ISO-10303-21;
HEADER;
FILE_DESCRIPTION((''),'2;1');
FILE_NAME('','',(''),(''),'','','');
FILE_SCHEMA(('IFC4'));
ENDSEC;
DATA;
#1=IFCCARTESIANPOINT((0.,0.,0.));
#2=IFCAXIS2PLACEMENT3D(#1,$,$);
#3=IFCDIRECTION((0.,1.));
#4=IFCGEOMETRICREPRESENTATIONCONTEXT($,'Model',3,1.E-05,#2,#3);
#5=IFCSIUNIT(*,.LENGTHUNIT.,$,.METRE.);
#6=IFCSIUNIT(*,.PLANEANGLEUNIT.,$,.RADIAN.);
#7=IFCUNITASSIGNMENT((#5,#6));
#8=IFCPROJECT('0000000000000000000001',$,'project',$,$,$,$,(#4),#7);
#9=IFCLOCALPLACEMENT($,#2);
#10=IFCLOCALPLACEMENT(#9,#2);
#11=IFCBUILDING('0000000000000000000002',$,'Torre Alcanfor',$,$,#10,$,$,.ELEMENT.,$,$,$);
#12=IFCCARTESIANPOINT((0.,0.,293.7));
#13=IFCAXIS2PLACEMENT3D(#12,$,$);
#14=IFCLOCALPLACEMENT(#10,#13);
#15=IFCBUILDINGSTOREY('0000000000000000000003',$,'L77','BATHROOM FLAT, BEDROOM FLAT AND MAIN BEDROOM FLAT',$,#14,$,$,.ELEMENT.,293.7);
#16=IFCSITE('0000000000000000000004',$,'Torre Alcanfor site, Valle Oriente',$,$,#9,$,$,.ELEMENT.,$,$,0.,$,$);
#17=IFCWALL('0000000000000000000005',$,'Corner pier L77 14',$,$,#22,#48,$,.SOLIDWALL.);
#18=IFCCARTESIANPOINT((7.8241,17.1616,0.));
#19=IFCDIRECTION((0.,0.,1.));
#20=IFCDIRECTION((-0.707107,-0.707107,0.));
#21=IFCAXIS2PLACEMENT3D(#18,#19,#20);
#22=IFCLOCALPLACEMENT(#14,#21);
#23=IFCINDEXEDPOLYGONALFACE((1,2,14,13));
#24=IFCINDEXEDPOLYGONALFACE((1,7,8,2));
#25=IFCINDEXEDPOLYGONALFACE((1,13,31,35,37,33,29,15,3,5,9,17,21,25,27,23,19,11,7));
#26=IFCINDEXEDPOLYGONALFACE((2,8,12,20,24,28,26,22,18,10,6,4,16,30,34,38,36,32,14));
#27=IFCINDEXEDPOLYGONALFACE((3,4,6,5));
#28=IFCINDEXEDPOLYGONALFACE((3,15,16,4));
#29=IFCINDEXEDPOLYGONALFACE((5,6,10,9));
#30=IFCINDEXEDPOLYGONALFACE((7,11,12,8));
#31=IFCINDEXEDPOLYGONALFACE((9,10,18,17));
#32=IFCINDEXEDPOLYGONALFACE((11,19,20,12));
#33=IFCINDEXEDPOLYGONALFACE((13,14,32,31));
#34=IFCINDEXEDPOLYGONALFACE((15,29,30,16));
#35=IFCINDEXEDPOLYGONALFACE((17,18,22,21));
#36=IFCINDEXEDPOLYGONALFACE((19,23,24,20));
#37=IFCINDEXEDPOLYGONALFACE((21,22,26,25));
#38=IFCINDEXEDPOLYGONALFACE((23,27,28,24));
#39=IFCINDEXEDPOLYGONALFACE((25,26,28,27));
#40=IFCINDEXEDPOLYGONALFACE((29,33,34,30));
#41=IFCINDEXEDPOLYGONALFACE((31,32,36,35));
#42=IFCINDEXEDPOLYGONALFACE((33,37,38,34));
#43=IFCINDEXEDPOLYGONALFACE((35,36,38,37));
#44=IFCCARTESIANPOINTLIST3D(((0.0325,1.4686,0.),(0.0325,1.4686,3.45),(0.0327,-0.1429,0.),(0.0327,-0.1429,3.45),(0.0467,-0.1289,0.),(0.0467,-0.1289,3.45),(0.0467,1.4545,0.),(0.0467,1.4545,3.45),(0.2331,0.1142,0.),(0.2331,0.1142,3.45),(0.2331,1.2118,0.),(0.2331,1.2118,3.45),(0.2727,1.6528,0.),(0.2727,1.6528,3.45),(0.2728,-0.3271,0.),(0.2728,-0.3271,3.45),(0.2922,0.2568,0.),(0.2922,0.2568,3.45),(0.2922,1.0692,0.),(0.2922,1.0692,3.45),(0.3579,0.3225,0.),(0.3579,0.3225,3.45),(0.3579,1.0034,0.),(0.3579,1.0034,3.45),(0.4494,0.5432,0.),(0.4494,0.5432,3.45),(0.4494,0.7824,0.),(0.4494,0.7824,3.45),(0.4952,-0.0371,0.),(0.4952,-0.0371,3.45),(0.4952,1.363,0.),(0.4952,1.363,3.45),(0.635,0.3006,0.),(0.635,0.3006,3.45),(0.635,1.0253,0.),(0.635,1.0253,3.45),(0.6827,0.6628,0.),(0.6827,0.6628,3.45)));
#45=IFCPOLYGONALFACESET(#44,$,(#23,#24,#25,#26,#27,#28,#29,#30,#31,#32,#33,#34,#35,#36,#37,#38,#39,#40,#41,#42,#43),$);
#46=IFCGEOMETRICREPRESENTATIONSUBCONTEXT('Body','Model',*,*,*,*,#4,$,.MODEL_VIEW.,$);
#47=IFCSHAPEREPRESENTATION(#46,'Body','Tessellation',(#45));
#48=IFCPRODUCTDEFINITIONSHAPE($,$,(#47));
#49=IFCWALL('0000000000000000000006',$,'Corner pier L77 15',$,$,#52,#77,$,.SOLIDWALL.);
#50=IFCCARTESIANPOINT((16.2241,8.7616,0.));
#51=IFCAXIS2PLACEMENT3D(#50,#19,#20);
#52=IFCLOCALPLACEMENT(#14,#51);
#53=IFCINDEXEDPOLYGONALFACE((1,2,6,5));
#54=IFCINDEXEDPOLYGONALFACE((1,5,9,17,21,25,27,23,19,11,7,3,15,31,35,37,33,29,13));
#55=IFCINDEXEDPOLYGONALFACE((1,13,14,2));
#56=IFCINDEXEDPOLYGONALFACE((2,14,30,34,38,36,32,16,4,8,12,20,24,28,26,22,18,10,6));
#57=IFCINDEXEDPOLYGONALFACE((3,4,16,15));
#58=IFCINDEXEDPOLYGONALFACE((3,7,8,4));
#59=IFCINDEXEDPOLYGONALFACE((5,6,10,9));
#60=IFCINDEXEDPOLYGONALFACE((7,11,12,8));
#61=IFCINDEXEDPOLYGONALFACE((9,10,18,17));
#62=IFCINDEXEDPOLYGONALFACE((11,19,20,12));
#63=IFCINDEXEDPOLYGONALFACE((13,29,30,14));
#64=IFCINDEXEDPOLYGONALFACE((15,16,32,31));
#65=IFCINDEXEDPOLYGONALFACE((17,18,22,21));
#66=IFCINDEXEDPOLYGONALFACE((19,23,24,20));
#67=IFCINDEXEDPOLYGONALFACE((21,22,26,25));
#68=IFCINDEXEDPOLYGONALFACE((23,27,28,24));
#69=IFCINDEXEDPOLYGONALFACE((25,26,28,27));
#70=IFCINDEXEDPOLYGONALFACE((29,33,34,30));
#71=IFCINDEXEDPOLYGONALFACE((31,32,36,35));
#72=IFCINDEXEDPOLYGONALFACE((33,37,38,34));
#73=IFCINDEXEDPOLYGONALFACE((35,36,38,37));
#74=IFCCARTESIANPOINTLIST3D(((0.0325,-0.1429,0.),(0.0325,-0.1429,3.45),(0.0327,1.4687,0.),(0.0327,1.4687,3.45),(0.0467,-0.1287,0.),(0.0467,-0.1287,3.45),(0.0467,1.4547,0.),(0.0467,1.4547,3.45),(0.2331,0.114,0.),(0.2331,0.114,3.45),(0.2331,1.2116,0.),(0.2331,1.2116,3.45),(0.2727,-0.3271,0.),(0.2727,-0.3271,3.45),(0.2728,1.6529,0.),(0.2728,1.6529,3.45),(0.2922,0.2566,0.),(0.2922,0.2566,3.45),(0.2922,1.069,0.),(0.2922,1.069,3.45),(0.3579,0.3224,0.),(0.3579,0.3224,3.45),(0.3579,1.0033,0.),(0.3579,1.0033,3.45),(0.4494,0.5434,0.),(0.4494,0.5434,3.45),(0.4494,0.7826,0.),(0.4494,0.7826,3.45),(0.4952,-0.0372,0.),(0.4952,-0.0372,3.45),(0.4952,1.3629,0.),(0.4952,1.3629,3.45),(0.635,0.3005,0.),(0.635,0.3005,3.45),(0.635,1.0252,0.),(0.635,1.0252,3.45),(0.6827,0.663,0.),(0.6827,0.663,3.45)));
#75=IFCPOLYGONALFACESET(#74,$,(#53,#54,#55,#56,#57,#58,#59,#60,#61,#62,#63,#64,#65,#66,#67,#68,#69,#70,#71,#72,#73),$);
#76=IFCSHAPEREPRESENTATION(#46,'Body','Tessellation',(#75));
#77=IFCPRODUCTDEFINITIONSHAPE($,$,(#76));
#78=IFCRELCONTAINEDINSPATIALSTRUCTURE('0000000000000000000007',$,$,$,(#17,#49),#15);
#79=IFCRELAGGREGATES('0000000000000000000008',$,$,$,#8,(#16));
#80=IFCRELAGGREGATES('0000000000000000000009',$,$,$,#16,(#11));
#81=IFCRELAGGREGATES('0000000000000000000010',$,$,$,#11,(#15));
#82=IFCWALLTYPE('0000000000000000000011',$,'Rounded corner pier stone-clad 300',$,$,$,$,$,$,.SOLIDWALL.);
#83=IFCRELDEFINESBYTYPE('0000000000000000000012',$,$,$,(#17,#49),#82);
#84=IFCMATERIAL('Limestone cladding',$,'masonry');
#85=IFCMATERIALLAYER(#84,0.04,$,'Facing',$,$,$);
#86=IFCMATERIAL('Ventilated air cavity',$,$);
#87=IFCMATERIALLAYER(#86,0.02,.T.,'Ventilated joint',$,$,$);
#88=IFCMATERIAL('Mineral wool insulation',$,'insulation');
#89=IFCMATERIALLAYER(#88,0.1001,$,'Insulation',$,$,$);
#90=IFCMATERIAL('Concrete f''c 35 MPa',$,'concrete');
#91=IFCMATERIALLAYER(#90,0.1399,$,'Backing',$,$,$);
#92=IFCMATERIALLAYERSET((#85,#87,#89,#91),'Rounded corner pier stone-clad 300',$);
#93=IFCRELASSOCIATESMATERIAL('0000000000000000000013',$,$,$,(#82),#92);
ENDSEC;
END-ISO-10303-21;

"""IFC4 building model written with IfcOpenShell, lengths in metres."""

from ifc_helpers import new_model, si_unit, direction, frame, origin, place, context, subcontext, project, spatial, polyline, outline, extrude, material, layer, layer_set, type_object, element, save


model = new_model("IFC4")

# Units and contexts
model_context = context("Model", 3, precision=1e-05, world=origin(), true_north=direction((0.0, 1.0)))
body_context = subcontext(model_context, "Body", "Model", "MODEL_VIEW")
ifc_project = project(units=[si_unit("LENGTHUNIT", "METRE"), si_unit("PLANEANGLEUNIT", "RADIAN")], contexts=[model_context])

# Site, building, storey
site_placement = place(None, origin())
site = spatial("IfcSite", under=ifc_project, at=site_placement, Name="Torre Alcanfor site, Valle Oriente", CompositionType="ELEMENT", RefElevation=0.0)
building_placement = place(site_placement, origin())
building = spatial("IfcBuilding", under=site, at=building_placement, Name="Torre Alcanfor", CompositionType="ELEMENT")
storey_placement = place(building_placement, frame((0.0, 0.0, 293.7)))
storey = spatial("IfcBuildingStorey", under=building, at=storey_placement, Name="L77", Description="BATHROOM FLAT, BEDROOM FLAT AND MAIN BEDROOM FLAT", CompositionType="ELEMENT", Elevation=293.7)

# Shared definitions
ifc_material_1 = material(Name="Limestone cladding", Category="masonry")
ifc_material_2 = material(Name="Ventilated air cavity")
ifc_material_3 = material(Name="Mineral wool insulation", Category="insulation")
ifc_material_4 = material(Name="Concrete f'c 35 MPa", Category="concrete")

# Walls
ifc_layer_1 = layer(ifc_material_1, 0.04, Name="Facing")
ifc_layer_2 = layer(ifc_material_2, 0.02, ventilated=True, Name="Ventilated joint")
ifc_layer_3 = layer(ifc_material_3, 0.1001, Name="Insulation")
ifc_layer_4 = layer(ifc_material_4, 0.1399, Name="Backing")
ifc_layer_set_1 = layer_set([ifc_layer_1, ifc_layer_2, ifc_layer_3, ifc_layer_4], Name="Rounded corner pier stone-clad 300")
wall_type_1 = type_object("IfcWallType", Name="Rounded corner pier stone-clad 300", PredefinedType="SOLIDWALL", material=ifc_layer_set_1)
wall_1_placement = place(storey_placement, frame((7.8241, 17.1616, 0.0), z_axis=(0.0, 0.0, 1.0), x_axis=(-0.707107, -0.707107, 0.0)))
element("IfcWall", 1, at=wall_1_placement, inside=storey, type_object=wall_type_1, Name="Corner pier L77 14", PredefinedType="SOLIDWALL", context=body_context, shape_type="SweptSolid", body=[
    extrude(outline(polyline([(0.0467, 1.4545), (0.2331, 1.2118), (0.2922, 1.0692), (0.3579, 1.0034), (0.4494, 0.7824), (0.4494, 0.5432), (0.3579, 0.3225), (0.2922, 0.2568), (0.2331, 0.1142), (0.0467, -0.1289), (0.0327, -0.1429), (0.2728, -0.3271), (0.4952, -0.0371), (0.635, 0.3006), (0.6827, 0.6628), (0.635, 1.0253), (0.4952, 1.363), (0.2727, 1.6528), (0.0325, 1.4686), (0.0467, 1.4545)])), origin(), (0.0, 0.0, 1.0), 3.45),
])
wall_2_placement = place(storey_placement, frame((16.2241, 8.7616, 0.0), z_axis=(0.0, 0.0, 1.0), x_axis=(-0.707107, -0.707107, 0.0)))
element("IfcWall", 2, at=wall_2_placement, inside=storey, type_object=wall_type_1, Name="Corner pier L77 15", PredefinedType="SOLIDWALL", context=body_context, shape_type="SweptSolid", body=[
    extrude(outline(polyline([(0.0327, 1.4687), (0.0467, 1.4547), (0.2331, 1.2116), (0.2922, 1.069), (0.3579, 1.0033), (0.4494, 0.7826), (0.4494, 0.5434), (0.3579, 0.3224), (0.2922, 0.2566), (0.2331, 0.114), (0.0467, -0.1287), (0.0325, -0.1429), (0.2727, -0.3271), (0.4952, -0.0372), (0.635, 0.3005), (0.6827, 0.663), (0.635, 1.0252), (0.4952, 1.3629), (0.2728, 1.6529), (0.0327, 1.4687)])), origin(), (0.0, 0.0, 1.0), 3.45),
])

save(model, "model.ifc")
